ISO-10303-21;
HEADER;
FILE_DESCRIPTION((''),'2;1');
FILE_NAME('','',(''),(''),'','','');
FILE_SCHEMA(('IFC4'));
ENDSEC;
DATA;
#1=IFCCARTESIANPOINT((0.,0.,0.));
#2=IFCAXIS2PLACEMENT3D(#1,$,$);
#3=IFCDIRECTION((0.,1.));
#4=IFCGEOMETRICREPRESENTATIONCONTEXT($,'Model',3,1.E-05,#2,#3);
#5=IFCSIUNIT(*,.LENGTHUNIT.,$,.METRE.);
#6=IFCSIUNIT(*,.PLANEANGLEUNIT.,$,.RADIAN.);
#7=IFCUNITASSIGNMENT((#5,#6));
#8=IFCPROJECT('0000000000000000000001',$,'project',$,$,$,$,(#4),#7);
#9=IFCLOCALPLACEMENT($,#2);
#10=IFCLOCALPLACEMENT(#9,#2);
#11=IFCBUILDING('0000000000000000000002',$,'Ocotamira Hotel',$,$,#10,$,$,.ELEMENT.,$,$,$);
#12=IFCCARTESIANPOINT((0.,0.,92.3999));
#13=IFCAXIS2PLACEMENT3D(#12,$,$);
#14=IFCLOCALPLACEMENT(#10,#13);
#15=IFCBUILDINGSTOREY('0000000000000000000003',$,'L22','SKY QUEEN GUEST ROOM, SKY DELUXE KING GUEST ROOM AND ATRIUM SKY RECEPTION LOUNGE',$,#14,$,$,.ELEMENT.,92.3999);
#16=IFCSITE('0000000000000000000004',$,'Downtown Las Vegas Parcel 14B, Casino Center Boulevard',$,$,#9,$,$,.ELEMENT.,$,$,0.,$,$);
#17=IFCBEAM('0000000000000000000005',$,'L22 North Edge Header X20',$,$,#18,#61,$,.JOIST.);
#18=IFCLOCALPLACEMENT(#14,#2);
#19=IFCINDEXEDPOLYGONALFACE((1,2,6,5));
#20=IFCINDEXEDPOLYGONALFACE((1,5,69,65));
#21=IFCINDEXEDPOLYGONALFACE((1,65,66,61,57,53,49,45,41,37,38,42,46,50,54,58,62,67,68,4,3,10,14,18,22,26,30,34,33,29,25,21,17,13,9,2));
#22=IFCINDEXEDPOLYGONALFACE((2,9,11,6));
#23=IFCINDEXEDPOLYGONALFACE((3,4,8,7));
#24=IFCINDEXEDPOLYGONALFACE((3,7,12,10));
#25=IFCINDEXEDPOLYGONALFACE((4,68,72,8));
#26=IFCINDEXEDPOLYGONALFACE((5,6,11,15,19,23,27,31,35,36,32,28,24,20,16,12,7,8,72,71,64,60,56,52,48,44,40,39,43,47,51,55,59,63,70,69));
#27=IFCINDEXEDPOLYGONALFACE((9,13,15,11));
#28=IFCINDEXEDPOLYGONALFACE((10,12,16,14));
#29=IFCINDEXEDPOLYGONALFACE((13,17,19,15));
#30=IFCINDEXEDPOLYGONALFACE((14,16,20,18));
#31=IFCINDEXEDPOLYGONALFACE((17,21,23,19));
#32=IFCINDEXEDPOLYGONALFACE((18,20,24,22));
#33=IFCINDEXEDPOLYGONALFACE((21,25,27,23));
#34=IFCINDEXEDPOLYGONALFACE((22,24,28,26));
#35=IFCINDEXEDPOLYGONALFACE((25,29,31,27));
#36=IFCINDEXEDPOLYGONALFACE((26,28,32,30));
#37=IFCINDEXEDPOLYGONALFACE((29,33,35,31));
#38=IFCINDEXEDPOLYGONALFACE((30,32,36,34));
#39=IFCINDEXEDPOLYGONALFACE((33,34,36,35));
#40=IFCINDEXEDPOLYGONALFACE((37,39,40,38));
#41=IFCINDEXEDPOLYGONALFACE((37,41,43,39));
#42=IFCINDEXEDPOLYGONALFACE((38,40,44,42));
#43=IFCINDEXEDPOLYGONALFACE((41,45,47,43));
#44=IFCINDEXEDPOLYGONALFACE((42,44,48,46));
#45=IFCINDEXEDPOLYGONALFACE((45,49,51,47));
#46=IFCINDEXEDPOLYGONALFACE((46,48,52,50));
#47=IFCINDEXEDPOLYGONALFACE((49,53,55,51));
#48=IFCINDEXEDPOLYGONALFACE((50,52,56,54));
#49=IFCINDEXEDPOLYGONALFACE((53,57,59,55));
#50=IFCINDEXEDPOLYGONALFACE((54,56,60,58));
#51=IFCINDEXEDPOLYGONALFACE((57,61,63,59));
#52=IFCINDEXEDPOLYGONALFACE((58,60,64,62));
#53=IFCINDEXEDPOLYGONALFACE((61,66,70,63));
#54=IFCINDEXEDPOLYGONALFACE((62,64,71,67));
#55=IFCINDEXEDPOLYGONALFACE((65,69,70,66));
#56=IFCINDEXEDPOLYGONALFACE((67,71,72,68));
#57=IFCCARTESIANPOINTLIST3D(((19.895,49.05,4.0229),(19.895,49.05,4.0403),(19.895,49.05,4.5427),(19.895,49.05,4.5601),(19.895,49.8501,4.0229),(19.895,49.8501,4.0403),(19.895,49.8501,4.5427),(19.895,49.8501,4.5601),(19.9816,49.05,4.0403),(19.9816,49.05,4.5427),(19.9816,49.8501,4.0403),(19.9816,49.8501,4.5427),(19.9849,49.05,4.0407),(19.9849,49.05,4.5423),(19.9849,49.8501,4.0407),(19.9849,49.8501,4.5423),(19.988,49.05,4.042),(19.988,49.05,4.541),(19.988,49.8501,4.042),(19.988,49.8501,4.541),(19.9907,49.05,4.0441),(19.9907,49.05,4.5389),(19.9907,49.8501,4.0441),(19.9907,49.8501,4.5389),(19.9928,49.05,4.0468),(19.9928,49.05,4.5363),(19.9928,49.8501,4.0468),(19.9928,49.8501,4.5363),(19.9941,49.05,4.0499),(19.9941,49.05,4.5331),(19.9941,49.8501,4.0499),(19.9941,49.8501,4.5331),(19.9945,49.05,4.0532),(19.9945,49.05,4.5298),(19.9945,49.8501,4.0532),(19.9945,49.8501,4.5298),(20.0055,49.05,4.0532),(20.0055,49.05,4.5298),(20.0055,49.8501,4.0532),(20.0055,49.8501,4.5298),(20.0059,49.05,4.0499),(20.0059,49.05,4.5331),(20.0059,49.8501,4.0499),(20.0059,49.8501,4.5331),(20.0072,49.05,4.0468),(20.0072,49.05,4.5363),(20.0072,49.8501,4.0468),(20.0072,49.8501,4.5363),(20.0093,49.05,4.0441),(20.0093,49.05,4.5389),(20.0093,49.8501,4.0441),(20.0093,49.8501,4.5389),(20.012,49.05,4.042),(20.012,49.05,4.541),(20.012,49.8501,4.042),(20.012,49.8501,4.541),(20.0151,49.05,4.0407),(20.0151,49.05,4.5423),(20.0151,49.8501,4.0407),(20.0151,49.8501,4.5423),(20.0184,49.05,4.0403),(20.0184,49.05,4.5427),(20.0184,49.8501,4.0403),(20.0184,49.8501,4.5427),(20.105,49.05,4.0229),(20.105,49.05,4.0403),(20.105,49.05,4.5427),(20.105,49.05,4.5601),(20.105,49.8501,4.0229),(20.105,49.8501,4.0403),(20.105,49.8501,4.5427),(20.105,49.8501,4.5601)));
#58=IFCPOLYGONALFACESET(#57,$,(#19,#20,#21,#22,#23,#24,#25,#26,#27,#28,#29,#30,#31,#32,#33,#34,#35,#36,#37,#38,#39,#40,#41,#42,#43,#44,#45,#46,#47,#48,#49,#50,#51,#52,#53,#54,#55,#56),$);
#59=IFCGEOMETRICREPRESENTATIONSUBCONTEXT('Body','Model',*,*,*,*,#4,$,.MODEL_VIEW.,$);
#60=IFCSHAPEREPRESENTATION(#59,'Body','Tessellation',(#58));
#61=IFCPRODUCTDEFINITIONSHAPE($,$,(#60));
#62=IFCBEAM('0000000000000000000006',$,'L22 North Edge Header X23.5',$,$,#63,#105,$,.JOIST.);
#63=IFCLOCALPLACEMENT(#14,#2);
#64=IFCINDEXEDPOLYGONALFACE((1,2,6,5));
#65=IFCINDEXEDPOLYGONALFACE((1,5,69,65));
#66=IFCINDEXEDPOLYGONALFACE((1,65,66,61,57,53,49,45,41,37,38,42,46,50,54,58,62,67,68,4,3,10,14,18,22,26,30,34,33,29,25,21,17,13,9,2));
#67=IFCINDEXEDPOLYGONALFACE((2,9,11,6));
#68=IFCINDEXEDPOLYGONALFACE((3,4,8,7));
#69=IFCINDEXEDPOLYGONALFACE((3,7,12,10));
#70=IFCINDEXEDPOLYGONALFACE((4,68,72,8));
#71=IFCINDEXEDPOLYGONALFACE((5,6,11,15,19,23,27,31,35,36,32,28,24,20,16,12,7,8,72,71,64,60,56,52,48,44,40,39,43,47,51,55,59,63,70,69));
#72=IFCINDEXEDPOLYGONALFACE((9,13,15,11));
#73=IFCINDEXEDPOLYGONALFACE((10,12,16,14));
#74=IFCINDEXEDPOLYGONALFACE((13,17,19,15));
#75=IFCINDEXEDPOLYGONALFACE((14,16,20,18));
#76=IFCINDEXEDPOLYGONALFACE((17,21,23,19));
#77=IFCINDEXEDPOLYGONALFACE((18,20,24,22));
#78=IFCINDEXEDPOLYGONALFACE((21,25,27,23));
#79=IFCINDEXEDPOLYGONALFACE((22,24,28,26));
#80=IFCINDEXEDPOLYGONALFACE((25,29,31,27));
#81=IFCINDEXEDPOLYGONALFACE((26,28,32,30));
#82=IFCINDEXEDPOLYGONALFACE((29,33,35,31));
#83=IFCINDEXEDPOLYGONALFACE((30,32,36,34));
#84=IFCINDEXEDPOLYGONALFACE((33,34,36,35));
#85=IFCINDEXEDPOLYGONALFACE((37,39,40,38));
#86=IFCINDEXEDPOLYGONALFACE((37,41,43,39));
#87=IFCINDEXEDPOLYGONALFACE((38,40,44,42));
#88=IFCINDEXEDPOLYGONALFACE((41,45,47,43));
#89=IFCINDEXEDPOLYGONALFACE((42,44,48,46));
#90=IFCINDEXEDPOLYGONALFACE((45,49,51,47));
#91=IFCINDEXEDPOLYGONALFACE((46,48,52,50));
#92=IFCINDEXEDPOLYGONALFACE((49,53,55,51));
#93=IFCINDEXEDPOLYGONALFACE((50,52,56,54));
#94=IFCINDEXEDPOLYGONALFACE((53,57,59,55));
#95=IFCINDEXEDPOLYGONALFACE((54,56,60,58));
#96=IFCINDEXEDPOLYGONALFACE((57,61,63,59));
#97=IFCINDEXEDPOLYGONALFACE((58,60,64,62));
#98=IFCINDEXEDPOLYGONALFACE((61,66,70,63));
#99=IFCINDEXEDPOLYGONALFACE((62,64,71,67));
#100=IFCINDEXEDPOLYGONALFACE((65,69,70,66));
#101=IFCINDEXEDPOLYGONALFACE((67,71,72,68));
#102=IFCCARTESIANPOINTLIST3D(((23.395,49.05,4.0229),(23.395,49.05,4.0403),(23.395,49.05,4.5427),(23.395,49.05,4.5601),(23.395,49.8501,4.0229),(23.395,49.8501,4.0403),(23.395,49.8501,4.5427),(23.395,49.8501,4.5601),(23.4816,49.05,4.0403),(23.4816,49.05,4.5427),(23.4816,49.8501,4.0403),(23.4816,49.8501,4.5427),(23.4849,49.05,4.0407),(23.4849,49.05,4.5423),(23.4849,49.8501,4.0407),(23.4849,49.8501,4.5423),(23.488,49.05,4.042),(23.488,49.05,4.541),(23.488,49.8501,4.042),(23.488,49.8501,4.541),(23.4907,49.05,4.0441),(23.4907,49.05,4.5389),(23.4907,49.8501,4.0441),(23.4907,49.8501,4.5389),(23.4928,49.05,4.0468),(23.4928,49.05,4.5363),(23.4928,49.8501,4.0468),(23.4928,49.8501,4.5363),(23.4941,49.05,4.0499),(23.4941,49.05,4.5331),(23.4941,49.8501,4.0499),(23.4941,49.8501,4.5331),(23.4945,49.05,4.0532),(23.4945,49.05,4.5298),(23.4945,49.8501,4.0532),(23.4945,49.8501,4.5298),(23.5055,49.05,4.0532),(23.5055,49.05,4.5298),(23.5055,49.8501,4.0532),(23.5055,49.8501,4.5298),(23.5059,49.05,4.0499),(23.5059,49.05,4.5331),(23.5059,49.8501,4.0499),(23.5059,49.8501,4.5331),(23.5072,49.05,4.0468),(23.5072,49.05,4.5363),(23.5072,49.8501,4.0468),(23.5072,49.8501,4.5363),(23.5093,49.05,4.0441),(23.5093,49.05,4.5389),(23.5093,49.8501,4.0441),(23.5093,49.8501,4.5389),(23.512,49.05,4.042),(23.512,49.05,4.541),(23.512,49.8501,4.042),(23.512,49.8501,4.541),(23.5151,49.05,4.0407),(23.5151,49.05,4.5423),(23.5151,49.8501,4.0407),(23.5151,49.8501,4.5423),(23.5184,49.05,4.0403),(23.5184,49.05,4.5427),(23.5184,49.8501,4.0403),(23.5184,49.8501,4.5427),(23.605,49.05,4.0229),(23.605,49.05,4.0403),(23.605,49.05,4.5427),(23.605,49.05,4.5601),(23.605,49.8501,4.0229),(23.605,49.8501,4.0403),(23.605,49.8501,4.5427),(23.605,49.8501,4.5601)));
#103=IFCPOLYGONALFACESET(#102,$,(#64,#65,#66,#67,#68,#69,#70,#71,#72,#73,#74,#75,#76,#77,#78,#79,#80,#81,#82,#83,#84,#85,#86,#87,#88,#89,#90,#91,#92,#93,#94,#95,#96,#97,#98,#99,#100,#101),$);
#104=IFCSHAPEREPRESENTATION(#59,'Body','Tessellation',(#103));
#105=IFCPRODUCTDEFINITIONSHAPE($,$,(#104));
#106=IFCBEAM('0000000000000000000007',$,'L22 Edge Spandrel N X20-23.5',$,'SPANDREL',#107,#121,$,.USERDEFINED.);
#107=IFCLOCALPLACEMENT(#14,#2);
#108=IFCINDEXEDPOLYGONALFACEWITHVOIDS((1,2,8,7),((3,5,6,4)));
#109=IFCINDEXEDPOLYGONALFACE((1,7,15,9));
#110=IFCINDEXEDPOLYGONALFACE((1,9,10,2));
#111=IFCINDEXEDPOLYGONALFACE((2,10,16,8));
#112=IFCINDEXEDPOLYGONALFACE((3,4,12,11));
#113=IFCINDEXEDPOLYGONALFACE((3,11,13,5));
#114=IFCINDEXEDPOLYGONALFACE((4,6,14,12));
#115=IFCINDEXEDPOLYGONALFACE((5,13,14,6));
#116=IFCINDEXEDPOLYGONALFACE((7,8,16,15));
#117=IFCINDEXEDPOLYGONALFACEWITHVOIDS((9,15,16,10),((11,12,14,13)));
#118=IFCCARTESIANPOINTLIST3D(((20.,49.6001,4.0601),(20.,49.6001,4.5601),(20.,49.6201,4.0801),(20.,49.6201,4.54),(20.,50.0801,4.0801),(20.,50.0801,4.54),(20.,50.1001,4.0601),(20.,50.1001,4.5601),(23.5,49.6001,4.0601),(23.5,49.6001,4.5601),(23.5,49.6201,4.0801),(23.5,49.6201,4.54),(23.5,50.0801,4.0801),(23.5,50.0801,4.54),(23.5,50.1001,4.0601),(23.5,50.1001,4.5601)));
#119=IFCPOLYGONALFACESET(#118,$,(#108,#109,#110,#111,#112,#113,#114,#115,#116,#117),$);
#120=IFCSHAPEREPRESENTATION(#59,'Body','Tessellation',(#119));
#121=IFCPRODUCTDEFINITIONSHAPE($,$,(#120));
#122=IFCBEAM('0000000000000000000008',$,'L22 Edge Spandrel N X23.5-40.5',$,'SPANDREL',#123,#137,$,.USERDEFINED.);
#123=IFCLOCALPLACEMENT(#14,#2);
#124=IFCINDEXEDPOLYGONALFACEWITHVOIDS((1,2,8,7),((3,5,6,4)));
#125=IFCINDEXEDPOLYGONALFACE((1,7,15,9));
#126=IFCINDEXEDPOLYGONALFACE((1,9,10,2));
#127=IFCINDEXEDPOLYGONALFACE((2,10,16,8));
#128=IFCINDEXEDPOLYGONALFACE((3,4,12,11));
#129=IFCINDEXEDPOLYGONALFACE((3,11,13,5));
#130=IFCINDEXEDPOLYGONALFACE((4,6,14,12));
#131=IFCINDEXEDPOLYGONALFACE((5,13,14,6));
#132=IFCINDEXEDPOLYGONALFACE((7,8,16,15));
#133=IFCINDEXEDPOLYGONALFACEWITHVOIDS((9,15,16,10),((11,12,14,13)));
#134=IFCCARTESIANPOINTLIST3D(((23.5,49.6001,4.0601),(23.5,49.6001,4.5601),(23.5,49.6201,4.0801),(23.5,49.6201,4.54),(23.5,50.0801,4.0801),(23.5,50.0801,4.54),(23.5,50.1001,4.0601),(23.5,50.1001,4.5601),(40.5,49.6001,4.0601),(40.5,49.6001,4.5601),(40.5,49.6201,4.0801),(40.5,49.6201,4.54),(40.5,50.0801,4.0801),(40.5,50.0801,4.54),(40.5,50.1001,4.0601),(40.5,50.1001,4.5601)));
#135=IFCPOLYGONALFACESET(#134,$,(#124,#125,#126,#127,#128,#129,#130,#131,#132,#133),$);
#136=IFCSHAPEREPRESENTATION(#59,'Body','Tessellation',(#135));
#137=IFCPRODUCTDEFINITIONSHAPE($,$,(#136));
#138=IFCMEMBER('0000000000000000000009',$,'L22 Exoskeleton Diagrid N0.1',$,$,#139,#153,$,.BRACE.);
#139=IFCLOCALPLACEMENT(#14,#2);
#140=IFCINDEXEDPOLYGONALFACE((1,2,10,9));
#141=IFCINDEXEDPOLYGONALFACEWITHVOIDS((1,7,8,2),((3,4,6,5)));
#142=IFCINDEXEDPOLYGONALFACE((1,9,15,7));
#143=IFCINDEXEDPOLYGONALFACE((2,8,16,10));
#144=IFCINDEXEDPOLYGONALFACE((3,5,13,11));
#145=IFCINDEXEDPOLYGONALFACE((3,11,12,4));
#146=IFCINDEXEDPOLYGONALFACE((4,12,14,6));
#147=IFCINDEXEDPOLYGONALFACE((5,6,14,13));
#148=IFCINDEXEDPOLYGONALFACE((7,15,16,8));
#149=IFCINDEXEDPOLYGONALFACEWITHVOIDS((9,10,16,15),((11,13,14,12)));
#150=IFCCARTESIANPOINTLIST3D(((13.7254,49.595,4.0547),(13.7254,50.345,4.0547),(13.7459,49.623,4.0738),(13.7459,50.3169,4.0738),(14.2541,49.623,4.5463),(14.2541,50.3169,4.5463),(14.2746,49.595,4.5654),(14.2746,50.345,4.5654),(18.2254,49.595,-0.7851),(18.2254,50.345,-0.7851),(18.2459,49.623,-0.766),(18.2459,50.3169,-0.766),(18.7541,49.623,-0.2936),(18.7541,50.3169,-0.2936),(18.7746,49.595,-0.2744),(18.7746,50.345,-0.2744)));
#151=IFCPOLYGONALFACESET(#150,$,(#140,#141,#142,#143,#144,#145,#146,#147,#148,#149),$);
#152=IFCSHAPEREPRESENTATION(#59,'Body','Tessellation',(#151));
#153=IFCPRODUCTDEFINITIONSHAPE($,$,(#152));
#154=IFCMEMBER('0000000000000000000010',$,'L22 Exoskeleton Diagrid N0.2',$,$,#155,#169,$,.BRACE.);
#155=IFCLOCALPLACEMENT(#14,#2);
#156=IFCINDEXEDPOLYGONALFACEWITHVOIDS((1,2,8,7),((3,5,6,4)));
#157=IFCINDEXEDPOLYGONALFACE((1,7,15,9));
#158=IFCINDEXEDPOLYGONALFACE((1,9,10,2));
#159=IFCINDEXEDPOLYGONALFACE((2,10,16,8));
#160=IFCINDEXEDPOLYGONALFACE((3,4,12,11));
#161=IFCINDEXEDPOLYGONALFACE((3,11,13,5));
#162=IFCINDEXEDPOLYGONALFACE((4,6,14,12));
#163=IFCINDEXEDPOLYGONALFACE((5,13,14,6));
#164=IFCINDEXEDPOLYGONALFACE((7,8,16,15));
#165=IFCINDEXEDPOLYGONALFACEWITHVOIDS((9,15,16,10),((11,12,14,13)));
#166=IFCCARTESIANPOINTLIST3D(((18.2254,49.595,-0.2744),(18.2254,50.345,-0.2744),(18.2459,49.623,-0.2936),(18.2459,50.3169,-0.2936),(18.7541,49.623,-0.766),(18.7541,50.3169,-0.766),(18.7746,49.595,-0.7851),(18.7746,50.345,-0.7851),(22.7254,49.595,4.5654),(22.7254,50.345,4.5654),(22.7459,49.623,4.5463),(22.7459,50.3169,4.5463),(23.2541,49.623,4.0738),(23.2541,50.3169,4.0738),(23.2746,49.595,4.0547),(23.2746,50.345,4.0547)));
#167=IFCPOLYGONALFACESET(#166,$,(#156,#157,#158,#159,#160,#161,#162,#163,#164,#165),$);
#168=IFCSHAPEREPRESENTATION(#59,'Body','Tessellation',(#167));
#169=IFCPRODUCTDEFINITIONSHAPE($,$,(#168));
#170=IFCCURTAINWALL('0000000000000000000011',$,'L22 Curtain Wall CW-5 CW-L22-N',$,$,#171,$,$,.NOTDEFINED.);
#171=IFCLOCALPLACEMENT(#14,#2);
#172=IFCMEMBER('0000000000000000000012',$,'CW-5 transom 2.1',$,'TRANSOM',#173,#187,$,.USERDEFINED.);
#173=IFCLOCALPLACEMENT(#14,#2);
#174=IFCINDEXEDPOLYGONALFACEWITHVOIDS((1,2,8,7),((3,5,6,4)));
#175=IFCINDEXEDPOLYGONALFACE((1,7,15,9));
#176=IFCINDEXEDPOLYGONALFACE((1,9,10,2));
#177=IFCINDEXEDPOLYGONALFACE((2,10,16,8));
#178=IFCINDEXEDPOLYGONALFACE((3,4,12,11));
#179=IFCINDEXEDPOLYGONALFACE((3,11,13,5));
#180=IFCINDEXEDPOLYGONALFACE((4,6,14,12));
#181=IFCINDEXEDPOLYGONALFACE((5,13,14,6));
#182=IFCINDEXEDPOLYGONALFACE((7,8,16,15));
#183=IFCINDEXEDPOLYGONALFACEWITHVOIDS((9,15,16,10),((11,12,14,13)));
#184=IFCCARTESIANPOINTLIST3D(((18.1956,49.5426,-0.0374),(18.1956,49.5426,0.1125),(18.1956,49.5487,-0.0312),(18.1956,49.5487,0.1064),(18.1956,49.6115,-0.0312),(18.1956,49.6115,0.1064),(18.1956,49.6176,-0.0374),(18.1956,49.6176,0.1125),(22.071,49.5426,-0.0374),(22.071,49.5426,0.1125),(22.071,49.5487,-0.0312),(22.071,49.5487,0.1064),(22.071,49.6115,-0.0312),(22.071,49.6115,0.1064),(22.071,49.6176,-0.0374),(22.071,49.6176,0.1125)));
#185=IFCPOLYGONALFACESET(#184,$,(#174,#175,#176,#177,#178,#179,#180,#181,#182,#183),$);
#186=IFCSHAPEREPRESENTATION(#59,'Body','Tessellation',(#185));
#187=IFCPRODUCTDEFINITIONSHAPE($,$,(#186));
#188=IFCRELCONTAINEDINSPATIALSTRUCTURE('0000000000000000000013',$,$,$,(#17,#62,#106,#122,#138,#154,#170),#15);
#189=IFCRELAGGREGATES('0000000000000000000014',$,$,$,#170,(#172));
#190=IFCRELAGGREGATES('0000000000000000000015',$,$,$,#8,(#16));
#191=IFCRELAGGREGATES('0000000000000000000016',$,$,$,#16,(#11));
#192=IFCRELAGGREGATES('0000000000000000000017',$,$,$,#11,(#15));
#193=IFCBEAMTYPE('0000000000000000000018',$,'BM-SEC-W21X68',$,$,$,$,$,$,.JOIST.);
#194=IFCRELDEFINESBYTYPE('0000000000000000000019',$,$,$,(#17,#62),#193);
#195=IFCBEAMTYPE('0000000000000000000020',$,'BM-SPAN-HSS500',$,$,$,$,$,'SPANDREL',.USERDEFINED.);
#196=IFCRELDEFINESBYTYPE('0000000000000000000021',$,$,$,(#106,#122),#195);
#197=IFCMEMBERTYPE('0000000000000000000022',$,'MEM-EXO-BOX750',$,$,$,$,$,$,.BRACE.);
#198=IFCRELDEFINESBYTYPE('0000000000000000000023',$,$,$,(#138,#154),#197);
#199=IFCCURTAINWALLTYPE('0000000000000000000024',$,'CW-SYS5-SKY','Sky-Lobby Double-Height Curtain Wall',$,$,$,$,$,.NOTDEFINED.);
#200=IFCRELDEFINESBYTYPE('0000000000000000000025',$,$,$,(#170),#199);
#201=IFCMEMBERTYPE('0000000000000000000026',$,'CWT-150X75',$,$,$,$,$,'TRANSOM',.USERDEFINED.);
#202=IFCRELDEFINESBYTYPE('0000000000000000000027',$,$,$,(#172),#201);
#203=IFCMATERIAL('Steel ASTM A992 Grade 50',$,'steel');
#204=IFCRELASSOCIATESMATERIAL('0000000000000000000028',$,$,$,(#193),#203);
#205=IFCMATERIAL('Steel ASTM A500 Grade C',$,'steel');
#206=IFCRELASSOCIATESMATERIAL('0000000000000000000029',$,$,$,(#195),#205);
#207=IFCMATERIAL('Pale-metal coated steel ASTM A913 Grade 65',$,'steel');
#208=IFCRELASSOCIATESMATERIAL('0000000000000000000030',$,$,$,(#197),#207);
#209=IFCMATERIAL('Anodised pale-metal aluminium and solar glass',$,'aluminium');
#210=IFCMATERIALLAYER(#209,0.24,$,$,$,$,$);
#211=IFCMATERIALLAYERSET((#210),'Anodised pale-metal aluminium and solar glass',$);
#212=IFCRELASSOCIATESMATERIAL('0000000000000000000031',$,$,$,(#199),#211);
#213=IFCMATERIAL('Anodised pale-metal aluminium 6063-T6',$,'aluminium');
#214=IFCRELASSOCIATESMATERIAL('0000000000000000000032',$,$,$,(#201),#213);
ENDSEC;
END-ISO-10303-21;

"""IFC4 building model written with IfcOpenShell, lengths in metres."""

from ifc_helpers import new_model, si_unit, direction, frame, origin, origin_2d, place, context, subcontext, project, spatial, hollow_rectangle, i_section, extrude, source, transform, mapped, material, layer, layer_set, material_profile, profile_set, type_object, element, aggregate, save


model = new_model("IFC4")

# Units and contexts
model_context = context("Model", 3, precision=1e-05, world=origin(), true_north=direction((0.0, 1.0)))
body_context = subcontext(model_context, "Body", "Model", "MODEL_VIEW")
ifc_project = project(units=[si_unit("LENGTHUNIT", "METRE"), si_unit("PLANEANGLEUNIT", "RADIAN")], contexts=[model_context])

# Site, building, storey
site_placement = place(None, origin())
site = spatial("IfcSite", under=ifc_project, at=site_placement, Name="Downtown Las Vegas Parcel 14B, Casino Center Boulevard", CompositionType="ELEMENT", RefElevation=0.0)
building_placement = place(site_placement, origin())
building = spatial("IfcBuilding", under=site, at=building_placement, Name="Ocotamira Hotel", CompositionType="ELEMENT")
storey_placement = place(building_placement, frame((0.0, 0.0, 92.3999)))
storey = spatial("IfcBuildingStorey", under=building, at=storey_placement, Name="L22", Description="SKY QUEEN GUEST ROOM, SKY DELUXE KING GUEST ROOM AND ATRIUM SKY RECEPTION LOUNGE", CompositionType="ELEMENT", Elevation=92.3999)

# Beams
ifc_material_1 = material(Name="Steel ASTM A992 Grade 50", Category="steel")
ifc_material_profile_1 = material_profile(ifc_material_1, i_section(OverallWidth=0.21, OverallDepth=0.5371, WebThickness=0.011, FlangeThickness=0.0173, FilletRadius=0.0129, at=origin_2d()), Name="W21X68")
ifc_profile_set_1 = profile_set([ifc_material_profile_1], Name="Steel ASTM A992 Grade 50")
beam_type_1 = type_object("IfcBeamType", Name="BM-SEC-W21X68", PredefinedType="JOIST", material=ifc_profile_set_1)
shared_shape_1 = source(origin(), body_context, "Body", "SweptSolid", [
    extrude(i_section(OverallWidth=0.21, OverallDepth=0.5371, WebThickness=0.011, FlangeThickness=0.0173, FilletRadius=0.0129, at=origin_2d()), origin(), (0.0, 0.0, 1.0), 0.8),
])
for number, where, z_axis, x_axis, name in (
    (1, (20.0, 49.05, 4.2915), (0.0, 1.0, 0.0), (-1.0, 0.0, 0.0), "L22 North Edge Header X20"),
    (2, (23.5, 49.05, 4.2915), (0.0, 1.0, 0.0), (-1.0, 0.0, 0.0), "L22 North Edge Header X23.5"),
):
    element("IfcBeam", number, at=place(storey_placement, frame(where, z_axis=z_axis, x_axis=x_axis)), inside=storey, type_object=beam_type_1, Name=name, PredefinedType="JOIST", context=body_context, shape_type="MappedRepresentation", body=[
        mapped(shared_shape_1, transform((0.0, 0.0, 0.0), scale=1.0)),
    ])
ifc_material_2 = material(Name="Steel ASTM A500 Grade C", Category="steel")
ifc_material_profile_2 = material_profile(ifc_material_2, hollow_rectangle(XDim=0.5, YDim=0.5, WallThickness=0.02, at=origin_2d()), Name="HSS500X500X20")
ifc_profile_set_2 = profile_set([ifc_material_profile_2], Name="Steel ASTM A500 Grade C")
beam_type_2 = type_object("IfcBeamType", Name="BM-SPAN-HSS500", ElementType="SPANDREL", PredefinedType="USERDEFINED", material=ifc_profile_set_2)
shared_shape_2 = source(origin(), body_context, "Body", "SweptSolid", [
    extrude(hollow_rectangle(XDim=0.5, YDim=0.5, WallThickness=0.02, at=origin_2d()), origin(), (0.0, 0.0, 1.0), 3.5),
])
beam_1_placement = place(storey_placement, frame((20.0, 49.8501, 4.3101), z_axis=(1.0, 0.0, 0.0), x_axis=(0.0, 1.0, 0.0)))
element("IfcBeam", 3, at=beam_1_placement, inside=storey, type_object=beam_type_2, Name="L22 Edge Spandrel N X20-23.5", ObjectType="SPANDREL", PredefinedType="USERDEFINED", context=body_context, shape_type="MappedRepresentation", body=[
    mapped(shared_shape_2, transform((0.0, 0.0, 0.0), scale=1.0)),
])
shared_shape_3 = source(origin(), body_context, "Body", "SweptSolid", [
    extrude(hollow_rectangle(XDim=0.5, YDim=0.5, WallThickness=0.02, at=origin_2d()), origin(), (0.0, 0.0, 1.0), 17.0),
])
beam_2_placement = place(storey_placement, frame((23.5, 49.8501, 4.3101), z_axis=(1.0, 0.0, 0.0), x_axis=(0.0, 1.0, 0.0)))
element("IfcBeam", 4, at=beam_2_placement, inside=storey, type_object=beam_type_2, Name="L22 Edge Spandrel N X23.5-40.5", ObjectType="SPANDREL", PredefinedType="USERDEFINED", context=body_context, shape_type="MappedRepresentation", body=[
    mapped(shared_shape_3, transform((0.0, 0.0, 0.0), scale=1.0)),
])

# Members
ifc_material_3 = material(Name="Pale-metal coated steel ASTM A913 Grade 65", Category="steel")
ifc_material_profile_3 = material_profile(ifc_material_3, hollow_rectangle(XDim=0.75, YDim=0.75, WallThickness=0.0281, at=origin_2d()), Name="BOX750X750X28")
ifc_profile_set_3 = profile_set([ifc_material_profile_3], Name="Pale-metal coated steel ASTM A913 Grade 65")
member_type_1 = type_object("IfcMemberType", Name="MEM-EXO-BOX750", PredefinedType="BRACE", material=ifc_profile_set_3)
shared_shape_4 = source(origin(), body_context, "Body", "SweptSolid", [
    extrude(hollow_rectangle(XDim=0.75, YDim=0.75, WallThickness=0.0281, at=origin_2d()), origin(), (0.0, 0.0, 1.0), 6.6086),
])
for number, where, z_axis, x_axis, name in (
    (5, (18.5, 49.97, -0.5298), (-0.680927, 0.0, 0.732351), (0.0, -1.0, 0.0), "L22 Exoskeleton Diagrid N0.1"),
    (6, (18.5, 49.97, -0.5298), (0.680927, 0.0, 0.732351), (0.0, 1.0, 0.0), "L22 Exoskeleton Diagrid N0.2"),
):
    element("IfcMember", number, at=place(storey_placement, frame(where, z_axis=z_axis, x_axis=x_axis)), inside=storey, type_object=member_type_1, Name=name, PredefinedType="BRACE", context=body_context, shape_type="MappedRepresentation", body=[
        mapped(shared_shape_4, transform((0.0, 0.0, 0.0), scale=1.0)),
    ])

# Curtain wall, member
ifc_material_4 = material(Name="Anodised pale-metal aluminium and solar glass", Category="aluminium")
ifc_layer_1 = layer(ifc_material_4, 0.24)
ifc_layer_set_1 = layer_set([ifc_layer_1], Name="Anodised pale-metal aluminium and solar glass")
curtain_wall_type = type_object("IfcCurtainWallType", Name="CW-SYS5-SKY", Description="Sky-Lobby Double-Height Curtain Wall", PredefinedType="NOTDEFINED", material=ifc_layer_set_1)
curtain_wall_placement = place(storey_placement, origin())
curtain_wall = element("IfcCurtainWall", 7, at=curtain_wall_placement, inside=storey, type_object=curtain_wall_type, Name="L22 Curtain Wall CW-5 CW-L22-N", PredefinedType="NOTDEFINED")
ifc_material_5 = material(Name="Anodised pale-metal aluminium 6063-T6", Category="aluminium")
ifc_material_profile_4 = material_profile(ifc_material_5, hollow_rectangle(XDim=0.075, YDim=0.1499, WallThickness=0.0061, at=origin_2d()), Name="HSS150X75X6")
ifc_profile_set_4 = profile_set([ifc_material_profile_4], Name="Anodised pale-metal aluminium 6063-T6")
member_type_2 = type_object("IfcMemberType", Name="CWT-150X75", ElementType="TRANSOM", PredefinedType="USERDEFINED", material=ifc_profile_set_4)
shared_shape_5 = source(origin(), body_context, "Body", "SweptSolid", [
    extrude(hollow_rectangle(XDim=0.075, YDim=0.1499, WallThickness=0.0061, at=origin_2d()), origin(), (0.0, 0.0, 1.0), 3.8755),
])
member_1_placement = place(storey_placement, frame((18.1956, 49.5801, 0.0376), z_axis=(1.0, 0.0, 0.0), x_axis=(0.0, 1.0, 0.0)))
member_1 = element("IfcMember", 8, at=member_1_placement, type_object=member_type_2, Name="CW-5 transom 2.1", ObjectType="TRANSOM", PredefinedType="USERDEFINED", context=body_context, shape_type="MappedRepresentation", body=[
    mapped(shared_shape_5, transform((0.0, 0.0, 0.0), scale=1.0)),
])

aggregate(curtain_wall, [member_1])

save(model, "model.ifc")
